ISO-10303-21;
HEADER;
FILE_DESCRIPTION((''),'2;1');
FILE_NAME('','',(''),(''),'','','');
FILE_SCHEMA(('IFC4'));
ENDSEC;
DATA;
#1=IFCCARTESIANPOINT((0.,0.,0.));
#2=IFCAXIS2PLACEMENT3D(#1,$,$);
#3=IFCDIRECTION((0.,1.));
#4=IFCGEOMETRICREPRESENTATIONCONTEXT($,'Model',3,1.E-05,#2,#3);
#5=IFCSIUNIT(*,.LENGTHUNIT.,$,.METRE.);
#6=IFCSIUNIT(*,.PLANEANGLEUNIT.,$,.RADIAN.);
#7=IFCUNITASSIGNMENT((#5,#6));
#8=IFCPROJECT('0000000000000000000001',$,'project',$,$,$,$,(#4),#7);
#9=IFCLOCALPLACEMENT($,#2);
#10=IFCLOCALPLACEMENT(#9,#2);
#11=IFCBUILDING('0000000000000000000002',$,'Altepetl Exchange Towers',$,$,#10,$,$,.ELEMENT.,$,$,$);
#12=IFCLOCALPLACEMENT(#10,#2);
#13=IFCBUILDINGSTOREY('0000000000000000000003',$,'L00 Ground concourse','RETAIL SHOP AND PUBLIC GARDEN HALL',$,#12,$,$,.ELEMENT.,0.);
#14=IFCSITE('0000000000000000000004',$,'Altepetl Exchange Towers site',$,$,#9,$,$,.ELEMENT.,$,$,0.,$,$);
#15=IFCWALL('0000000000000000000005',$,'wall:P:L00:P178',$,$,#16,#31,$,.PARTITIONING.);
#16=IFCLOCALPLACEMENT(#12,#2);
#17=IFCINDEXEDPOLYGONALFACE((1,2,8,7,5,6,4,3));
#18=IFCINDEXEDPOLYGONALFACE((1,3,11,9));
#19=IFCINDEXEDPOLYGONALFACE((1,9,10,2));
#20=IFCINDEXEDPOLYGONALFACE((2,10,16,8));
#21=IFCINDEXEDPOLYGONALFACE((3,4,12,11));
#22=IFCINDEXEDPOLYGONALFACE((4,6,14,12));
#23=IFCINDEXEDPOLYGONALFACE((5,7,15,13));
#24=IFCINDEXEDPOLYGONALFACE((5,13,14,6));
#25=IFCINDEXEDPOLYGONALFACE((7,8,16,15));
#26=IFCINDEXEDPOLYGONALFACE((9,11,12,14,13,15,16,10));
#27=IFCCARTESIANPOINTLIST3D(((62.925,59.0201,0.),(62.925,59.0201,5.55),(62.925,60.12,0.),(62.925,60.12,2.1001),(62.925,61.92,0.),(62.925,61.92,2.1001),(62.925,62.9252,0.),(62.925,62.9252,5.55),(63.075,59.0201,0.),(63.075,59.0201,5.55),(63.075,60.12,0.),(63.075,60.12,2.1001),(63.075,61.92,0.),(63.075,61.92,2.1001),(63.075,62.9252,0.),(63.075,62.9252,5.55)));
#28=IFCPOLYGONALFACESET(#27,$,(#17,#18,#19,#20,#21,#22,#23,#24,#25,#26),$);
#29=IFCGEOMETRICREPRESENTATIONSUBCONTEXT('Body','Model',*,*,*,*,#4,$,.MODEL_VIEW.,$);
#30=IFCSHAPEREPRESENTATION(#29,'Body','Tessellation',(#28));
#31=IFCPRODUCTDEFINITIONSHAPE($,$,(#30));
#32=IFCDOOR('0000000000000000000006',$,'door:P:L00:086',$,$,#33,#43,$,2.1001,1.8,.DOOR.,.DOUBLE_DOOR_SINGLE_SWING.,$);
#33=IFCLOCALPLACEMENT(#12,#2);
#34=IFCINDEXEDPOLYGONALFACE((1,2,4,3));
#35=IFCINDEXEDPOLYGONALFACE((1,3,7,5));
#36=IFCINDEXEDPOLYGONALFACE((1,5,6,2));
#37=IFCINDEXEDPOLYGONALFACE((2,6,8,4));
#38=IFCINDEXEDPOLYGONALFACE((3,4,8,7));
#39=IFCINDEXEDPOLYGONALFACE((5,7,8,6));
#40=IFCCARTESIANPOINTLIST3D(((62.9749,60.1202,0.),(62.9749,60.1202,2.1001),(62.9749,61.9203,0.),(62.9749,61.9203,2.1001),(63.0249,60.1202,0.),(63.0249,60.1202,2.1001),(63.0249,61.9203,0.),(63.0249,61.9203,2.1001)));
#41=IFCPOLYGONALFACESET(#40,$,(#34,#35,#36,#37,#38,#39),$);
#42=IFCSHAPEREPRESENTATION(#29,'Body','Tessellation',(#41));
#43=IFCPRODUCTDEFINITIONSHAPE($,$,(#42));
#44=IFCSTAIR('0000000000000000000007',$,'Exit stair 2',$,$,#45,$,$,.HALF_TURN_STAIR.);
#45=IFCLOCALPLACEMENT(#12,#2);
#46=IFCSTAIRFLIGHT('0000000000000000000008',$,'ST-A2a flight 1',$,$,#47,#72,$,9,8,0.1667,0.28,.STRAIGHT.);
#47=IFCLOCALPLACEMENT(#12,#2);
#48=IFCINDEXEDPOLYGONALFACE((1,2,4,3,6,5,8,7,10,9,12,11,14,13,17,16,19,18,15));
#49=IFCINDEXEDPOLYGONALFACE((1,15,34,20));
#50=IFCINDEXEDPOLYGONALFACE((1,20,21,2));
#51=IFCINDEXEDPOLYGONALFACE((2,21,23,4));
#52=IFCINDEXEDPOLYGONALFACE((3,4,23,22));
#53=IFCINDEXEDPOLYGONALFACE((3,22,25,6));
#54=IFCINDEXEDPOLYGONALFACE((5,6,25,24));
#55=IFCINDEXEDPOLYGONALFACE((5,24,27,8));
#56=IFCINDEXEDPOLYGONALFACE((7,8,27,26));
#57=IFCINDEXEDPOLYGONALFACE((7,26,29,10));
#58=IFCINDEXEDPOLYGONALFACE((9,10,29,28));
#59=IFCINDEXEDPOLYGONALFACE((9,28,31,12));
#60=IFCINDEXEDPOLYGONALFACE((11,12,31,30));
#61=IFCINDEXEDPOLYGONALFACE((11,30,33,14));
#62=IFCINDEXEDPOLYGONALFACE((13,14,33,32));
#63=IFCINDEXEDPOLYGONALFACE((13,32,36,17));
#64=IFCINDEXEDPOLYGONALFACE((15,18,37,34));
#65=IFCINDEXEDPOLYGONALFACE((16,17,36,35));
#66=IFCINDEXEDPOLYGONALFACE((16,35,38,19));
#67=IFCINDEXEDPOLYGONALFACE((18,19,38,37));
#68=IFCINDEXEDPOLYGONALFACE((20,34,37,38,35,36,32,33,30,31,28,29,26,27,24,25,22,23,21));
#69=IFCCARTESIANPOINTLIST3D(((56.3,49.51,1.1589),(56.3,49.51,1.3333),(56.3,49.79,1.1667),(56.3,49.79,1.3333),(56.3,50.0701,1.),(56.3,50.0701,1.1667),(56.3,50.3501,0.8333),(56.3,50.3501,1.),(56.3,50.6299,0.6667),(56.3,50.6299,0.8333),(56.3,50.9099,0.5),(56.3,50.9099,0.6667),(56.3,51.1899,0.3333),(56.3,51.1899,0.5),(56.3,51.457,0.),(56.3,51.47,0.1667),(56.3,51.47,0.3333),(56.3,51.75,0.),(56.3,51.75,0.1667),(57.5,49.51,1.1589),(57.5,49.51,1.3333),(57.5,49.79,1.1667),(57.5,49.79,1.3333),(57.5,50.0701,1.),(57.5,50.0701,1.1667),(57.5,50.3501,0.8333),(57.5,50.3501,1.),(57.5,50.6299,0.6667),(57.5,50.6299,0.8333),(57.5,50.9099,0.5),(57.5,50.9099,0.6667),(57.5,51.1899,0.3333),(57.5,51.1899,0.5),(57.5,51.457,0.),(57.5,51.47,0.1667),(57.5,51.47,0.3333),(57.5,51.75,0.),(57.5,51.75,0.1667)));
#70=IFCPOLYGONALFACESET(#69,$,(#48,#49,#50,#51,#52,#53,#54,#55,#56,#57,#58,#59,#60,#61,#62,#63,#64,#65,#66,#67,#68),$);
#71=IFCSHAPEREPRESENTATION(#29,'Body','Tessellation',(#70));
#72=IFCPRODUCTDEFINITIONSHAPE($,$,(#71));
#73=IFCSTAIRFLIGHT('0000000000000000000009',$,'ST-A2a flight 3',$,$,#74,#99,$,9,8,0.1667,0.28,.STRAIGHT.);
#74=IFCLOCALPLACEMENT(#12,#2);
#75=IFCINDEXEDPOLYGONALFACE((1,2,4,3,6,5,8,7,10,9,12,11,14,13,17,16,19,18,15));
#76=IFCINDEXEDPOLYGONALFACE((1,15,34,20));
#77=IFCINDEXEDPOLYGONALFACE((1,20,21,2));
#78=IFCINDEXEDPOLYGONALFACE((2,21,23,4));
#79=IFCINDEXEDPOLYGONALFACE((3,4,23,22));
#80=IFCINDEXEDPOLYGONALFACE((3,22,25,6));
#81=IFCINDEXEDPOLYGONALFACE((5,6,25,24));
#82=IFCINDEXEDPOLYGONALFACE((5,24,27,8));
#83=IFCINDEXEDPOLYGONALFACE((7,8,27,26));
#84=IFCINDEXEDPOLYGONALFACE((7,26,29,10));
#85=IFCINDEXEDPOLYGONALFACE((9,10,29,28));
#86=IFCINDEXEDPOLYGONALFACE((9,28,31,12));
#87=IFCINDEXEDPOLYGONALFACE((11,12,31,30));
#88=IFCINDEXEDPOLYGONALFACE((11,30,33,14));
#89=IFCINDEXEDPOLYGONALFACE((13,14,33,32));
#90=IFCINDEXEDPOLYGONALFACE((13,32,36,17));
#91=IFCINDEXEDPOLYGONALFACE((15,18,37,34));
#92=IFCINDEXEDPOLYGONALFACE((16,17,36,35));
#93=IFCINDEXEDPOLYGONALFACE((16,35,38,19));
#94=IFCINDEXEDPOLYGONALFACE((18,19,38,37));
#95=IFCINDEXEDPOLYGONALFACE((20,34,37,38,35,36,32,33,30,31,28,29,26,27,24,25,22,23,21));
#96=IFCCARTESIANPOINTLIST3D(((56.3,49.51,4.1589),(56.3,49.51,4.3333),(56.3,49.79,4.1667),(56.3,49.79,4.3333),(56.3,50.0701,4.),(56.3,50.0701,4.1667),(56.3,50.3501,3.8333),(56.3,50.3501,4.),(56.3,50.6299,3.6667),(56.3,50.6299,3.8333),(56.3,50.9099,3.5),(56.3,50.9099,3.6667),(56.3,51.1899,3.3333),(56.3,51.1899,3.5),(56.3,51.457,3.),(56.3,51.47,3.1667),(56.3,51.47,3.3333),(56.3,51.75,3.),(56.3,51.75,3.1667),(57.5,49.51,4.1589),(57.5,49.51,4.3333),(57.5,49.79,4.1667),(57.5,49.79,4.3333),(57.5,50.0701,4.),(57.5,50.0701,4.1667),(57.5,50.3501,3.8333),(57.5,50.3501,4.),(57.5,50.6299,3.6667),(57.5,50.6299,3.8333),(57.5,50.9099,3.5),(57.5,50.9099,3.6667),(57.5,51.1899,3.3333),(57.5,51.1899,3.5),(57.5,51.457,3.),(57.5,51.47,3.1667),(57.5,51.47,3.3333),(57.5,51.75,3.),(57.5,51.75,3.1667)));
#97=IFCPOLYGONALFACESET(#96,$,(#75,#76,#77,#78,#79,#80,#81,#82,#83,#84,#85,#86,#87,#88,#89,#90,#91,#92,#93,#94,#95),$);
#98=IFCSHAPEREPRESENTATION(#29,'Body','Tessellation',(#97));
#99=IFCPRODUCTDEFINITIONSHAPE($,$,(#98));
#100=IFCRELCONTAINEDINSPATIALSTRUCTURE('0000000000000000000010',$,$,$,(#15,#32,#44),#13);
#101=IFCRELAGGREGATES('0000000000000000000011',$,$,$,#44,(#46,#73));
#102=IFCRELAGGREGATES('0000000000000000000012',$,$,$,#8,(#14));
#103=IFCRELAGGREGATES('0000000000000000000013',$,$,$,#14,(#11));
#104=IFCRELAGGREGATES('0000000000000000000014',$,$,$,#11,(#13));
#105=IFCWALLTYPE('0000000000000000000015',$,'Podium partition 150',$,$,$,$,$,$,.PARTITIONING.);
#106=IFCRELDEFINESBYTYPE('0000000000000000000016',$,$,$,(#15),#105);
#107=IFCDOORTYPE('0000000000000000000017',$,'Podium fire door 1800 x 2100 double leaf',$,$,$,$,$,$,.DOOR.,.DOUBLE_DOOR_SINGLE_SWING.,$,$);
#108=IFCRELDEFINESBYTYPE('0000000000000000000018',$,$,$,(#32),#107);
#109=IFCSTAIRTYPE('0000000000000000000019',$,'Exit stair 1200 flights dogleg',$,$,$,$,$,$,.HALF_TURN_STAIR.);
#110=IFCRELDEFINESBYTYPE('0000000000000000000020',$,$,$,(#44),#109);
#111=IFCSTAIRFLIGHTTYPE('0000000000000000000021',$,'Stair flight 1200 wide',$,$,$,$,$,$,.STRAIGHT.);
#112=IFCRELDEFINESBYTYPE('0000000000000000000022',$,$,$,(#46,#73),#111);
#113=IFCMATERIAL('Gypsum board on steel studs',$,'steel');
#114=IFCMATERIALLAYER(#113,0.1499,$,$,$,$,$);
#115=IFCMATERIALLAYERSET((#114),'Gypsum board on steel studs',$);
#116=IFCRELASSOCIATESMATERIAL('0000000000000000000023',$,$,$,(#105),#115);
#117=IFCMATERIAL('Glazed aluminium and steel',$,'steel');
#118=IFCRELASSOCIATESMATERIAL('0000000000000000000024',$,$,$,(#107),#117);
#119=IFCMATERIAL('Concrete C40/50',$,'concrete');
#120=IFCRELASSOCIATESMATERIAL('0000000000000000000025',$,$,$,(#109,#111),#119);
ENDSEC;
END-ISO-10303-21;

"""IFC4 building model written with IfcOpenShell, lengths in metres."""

from ifc_helpers import new_model, si_unit, direction, frame, frame_2d, origin, place, context, subcontext, project, spatial, polyline, rectangle, outline, extrude, material, layer, layer_set, type_object, element, fill, aggregate, save


model = new_model("IFC4")

# Units and contexts
model_context = context("Model", 3, precision=1e-05, world=origin(), true_north=direction((0.0, 1.0)))
body_context = subcontext(model_context, "Body", "Model", "MODEL_VIEW")
ifc_project = project(units=[si_unit("LENGTHUNIT", "METRE"), si_unit("PLANEANGLEUNIT", "RADIAN")], contexts=[model_context])

# Site, building, storey
site_placement = place(None, origin())
site = spatial("IfcSite", under=ifc_project, at=site_placement, Name="Altepetl Exchange Towers site", CompositionType="ELEMENT", RefElevation=0.0)
building_placement = place(site_placement, origin())
building = spatial("IfcBuilding", under=site, at=building_placement, Name="Altepetl Exchange Towers", CompositionType="ELEMENT")
storey_placement = place(building_placement, origin())
storey = spatial("IfcBuildingStorey", under=building, at=storey_placement, Name="L00 Ground concourse", Description="RETAIL SHOP AND PUBLIC GARDEN HALL", CompositionType="ELEMENT", Elevation=0.0)

# Shared definitions
ifc_material_1 = material(Name="Gypsum board on steel studs", Category="steel")
ifc_layer = layer(ifc_material_1, 0.1499)
ifc_layer_set = layer_set([ifc_layer], Name="Gypsum board on steel studs")
wall_type = type_object("IfcWallType", Name="Podium partition 150", PredefinedType="PARTITIONING", material=ifc_layer_set)

# Shared definitions
ifc_material_2 = material(Name="Glazed aluminium and steel", Category="steel")
door_type = type_object("IfcDoorType", Name="Podium fire door 1800 x 2100 double leaf", OperationType="DOUBLE_DOOR_SINGLE_SWING", PredefinedType="DOOR", material=ifc_material_2)

# Wall, opening, door
wall_1_placement = place(storey_placement, frame((63.0, 59.02, 0.0), z_axis=(0.0, 0.0, 1.0), x_axis=(0.0, 1.0, 0.0)))
wall_1 = element("IfcWall", 1, at=wall_1_placement, inside=storey, type_object=wall_type, Name="wall:P:L00:P178", PredefinedType="PARTITIONING", context=body_context, shape_type="SweptSolid", body=[
    extrude(rectangle(XDim=3.905, YDim=0.1499, at=frame_2d((1.9526, 0.0))), origin(), (0.0, 0.0, 1.0), 5.55),
])
opening_1_placement = place(wall_1_placement, frame((1.1001, 0.0, 0.0)))
opening_1 = element("IfcOpeningElement", 2, at=opening_1_placement, cuts=wall_1, PredefinedType="OPENING", context=body_context, shape_type="SweptSolid", body=[
    extrude(rectangle(XDim=1.8, YDim=2.1001, at=frame_2d((0.8999, 1.05))), frame((0.0, 0.085, 0.0), z_axis=(0.0, -1.0, 0.0), x_axis=(1.0, 0.0, 0.0)), (0.0, 0.0, 1.0), 0.1699),
])
door_1_placement = place(opening_1_placement, frame((1.8, 0.0, 0.0), x_axis=(-1.0, 0.0, 0.0)))
door_1 = element("IfcDoor", 3, at=door_1_placement, inside=storey, type_object=door_type, Name="door:P:L00:086", OperationType="DOUBLE_DOOR_SINGLE_SWING", OverallHeight=2.1001, OverallWidth=1.8, PredefinedType="DOOR", context=body_context, shape_type="SweptSolid", body=[
    extrude(rectangle(XDim=1.8, YDim=2.1001, at=frame_2d((0.8999, 1.05))), frame((0.0, 0.0249, 0.0), z_axis=(0.0, -1.0, 0.0), x_axis=(1.0, 0.0, 0.0)), (0.0, 0.0, 1.0), 0.05),
])
fill(opening_1, door_1)

# Stair, stair flights
ifc_material_3 = material(Name="Concrete C40/50", Category="concrete")
stair_type = type_object("IfcStairType", Name="Exit stair 1200 flights dogleg", PredefinedType="HALF_TURN_STAIR", material=ifc_material_3)
stair_placement = place(storey_placement, origin())
stair = element("IfcStair", 4, at=stair_placement, inside=storey, type_object=stair_type, Name="Exit stair 2", PredefinedType="HALF_TURN_STAIR")
stair_flight_type = type_object("IfcStairFlightType", Name="Stair flight 1200 wide", PredefinedType="STRAIGHT", material=ifc_material_3)
stair_flight_1_placement = place(storey_placement, frame((56.8999, 51.75, 0.0), z_axis=(0.0, 0.0, 1.0), x_axis=(0.0, -1.0, 0.0)))
stair_flight_1 = element("IfcStairFlight", 5, at=stair_flight_1_placement, type_object=stair_flight_type, Name="ST-A2a flight 1", NumberOfRisers=9, NumberOfTreads=8, PredefinedType="STRAIGHT", RiserHeight=0.1667, TreadLength=0.28, context=body_context, shape_type="SweptSolid", body=[
    extrude(outline(polyline([(0.0, 0.0), (0.0, 0.1667), (0.28, 0.1667), (0.28, 0.3333), (0.5601, 0.3333), (0.5601, 0.5), (0.8401, 0.5), (0.8401, 0.6667), (1.1201, 0.6667), (1.1201, 0.8333), (1.3999, 0.8333), (1.3999, 1.0), (1.6799, 1.0), (1.6799, 1.1667), (1.96, 1.1667), (1.96, 1.3333), (2.24, 1.3333), (2.24, 1.5), (2.24, 1.1589), (0.293, 0.0), (0.0, 0.0)])), frame((0.0, 0.6001, 0.0), z_axis=(0.0, -1.0, 0.0), x_axis=(1.0, 0.0, 0.0)), (0.0, 0.0, 1.0), 1.2),
])
stair_flight_2_placement = place(storey_placement, frame((56.8999, 51.75, 3.0), z_axis=(0.0, 0.0, 1.0), x_axis=(0.0, -1.0, 0.0)))
stair_flight_2 = element("IfcStairFlight", 6, at=stair_flight_2_placement, type_object=stair_flight_type, Name="ST-A2a flight 3", NumberOfRisers=9, NumberOfTreads=8, PredefinedType="STRAIGHT", RiserHeight=0.1667, TreadLength=0.28, context=body_context, shape_type="SweptSolid", body=[
    extrude(outline(polyline([(0.0, 0.0), (0.0, 0.1667), (0.28, 0.1667), (0.28, 0.3333), (0.5601, 0.3333), (0.5601, 0.5), (0.8401, 0.5), (0.8401, 0.6667), (1.1201, 0.6667), (1.1201, 0.8333), (1.3999, 0.8333), (1.3999, 1.0), (1.6799, 1.0), (1.6799, 1.1667), (1.96, 1.1667), (1.96, 1.3333), (2.24, 1.3333), (2.24, 1.5), (2.24, 1.1589), (0.293, 0.0), (0.0, 0.0)])), frame((0.0, 0.6001, 0.0), z_axis=(0.0, -1.0, 0.0), x_axis=(1.0, 0.0, 0.0)), (0.0, 0.0, 1.0), 1.2),
])
aggregate(stair, [stair_flight_1, stair_flight_2])

save(model, "model.ifc")
